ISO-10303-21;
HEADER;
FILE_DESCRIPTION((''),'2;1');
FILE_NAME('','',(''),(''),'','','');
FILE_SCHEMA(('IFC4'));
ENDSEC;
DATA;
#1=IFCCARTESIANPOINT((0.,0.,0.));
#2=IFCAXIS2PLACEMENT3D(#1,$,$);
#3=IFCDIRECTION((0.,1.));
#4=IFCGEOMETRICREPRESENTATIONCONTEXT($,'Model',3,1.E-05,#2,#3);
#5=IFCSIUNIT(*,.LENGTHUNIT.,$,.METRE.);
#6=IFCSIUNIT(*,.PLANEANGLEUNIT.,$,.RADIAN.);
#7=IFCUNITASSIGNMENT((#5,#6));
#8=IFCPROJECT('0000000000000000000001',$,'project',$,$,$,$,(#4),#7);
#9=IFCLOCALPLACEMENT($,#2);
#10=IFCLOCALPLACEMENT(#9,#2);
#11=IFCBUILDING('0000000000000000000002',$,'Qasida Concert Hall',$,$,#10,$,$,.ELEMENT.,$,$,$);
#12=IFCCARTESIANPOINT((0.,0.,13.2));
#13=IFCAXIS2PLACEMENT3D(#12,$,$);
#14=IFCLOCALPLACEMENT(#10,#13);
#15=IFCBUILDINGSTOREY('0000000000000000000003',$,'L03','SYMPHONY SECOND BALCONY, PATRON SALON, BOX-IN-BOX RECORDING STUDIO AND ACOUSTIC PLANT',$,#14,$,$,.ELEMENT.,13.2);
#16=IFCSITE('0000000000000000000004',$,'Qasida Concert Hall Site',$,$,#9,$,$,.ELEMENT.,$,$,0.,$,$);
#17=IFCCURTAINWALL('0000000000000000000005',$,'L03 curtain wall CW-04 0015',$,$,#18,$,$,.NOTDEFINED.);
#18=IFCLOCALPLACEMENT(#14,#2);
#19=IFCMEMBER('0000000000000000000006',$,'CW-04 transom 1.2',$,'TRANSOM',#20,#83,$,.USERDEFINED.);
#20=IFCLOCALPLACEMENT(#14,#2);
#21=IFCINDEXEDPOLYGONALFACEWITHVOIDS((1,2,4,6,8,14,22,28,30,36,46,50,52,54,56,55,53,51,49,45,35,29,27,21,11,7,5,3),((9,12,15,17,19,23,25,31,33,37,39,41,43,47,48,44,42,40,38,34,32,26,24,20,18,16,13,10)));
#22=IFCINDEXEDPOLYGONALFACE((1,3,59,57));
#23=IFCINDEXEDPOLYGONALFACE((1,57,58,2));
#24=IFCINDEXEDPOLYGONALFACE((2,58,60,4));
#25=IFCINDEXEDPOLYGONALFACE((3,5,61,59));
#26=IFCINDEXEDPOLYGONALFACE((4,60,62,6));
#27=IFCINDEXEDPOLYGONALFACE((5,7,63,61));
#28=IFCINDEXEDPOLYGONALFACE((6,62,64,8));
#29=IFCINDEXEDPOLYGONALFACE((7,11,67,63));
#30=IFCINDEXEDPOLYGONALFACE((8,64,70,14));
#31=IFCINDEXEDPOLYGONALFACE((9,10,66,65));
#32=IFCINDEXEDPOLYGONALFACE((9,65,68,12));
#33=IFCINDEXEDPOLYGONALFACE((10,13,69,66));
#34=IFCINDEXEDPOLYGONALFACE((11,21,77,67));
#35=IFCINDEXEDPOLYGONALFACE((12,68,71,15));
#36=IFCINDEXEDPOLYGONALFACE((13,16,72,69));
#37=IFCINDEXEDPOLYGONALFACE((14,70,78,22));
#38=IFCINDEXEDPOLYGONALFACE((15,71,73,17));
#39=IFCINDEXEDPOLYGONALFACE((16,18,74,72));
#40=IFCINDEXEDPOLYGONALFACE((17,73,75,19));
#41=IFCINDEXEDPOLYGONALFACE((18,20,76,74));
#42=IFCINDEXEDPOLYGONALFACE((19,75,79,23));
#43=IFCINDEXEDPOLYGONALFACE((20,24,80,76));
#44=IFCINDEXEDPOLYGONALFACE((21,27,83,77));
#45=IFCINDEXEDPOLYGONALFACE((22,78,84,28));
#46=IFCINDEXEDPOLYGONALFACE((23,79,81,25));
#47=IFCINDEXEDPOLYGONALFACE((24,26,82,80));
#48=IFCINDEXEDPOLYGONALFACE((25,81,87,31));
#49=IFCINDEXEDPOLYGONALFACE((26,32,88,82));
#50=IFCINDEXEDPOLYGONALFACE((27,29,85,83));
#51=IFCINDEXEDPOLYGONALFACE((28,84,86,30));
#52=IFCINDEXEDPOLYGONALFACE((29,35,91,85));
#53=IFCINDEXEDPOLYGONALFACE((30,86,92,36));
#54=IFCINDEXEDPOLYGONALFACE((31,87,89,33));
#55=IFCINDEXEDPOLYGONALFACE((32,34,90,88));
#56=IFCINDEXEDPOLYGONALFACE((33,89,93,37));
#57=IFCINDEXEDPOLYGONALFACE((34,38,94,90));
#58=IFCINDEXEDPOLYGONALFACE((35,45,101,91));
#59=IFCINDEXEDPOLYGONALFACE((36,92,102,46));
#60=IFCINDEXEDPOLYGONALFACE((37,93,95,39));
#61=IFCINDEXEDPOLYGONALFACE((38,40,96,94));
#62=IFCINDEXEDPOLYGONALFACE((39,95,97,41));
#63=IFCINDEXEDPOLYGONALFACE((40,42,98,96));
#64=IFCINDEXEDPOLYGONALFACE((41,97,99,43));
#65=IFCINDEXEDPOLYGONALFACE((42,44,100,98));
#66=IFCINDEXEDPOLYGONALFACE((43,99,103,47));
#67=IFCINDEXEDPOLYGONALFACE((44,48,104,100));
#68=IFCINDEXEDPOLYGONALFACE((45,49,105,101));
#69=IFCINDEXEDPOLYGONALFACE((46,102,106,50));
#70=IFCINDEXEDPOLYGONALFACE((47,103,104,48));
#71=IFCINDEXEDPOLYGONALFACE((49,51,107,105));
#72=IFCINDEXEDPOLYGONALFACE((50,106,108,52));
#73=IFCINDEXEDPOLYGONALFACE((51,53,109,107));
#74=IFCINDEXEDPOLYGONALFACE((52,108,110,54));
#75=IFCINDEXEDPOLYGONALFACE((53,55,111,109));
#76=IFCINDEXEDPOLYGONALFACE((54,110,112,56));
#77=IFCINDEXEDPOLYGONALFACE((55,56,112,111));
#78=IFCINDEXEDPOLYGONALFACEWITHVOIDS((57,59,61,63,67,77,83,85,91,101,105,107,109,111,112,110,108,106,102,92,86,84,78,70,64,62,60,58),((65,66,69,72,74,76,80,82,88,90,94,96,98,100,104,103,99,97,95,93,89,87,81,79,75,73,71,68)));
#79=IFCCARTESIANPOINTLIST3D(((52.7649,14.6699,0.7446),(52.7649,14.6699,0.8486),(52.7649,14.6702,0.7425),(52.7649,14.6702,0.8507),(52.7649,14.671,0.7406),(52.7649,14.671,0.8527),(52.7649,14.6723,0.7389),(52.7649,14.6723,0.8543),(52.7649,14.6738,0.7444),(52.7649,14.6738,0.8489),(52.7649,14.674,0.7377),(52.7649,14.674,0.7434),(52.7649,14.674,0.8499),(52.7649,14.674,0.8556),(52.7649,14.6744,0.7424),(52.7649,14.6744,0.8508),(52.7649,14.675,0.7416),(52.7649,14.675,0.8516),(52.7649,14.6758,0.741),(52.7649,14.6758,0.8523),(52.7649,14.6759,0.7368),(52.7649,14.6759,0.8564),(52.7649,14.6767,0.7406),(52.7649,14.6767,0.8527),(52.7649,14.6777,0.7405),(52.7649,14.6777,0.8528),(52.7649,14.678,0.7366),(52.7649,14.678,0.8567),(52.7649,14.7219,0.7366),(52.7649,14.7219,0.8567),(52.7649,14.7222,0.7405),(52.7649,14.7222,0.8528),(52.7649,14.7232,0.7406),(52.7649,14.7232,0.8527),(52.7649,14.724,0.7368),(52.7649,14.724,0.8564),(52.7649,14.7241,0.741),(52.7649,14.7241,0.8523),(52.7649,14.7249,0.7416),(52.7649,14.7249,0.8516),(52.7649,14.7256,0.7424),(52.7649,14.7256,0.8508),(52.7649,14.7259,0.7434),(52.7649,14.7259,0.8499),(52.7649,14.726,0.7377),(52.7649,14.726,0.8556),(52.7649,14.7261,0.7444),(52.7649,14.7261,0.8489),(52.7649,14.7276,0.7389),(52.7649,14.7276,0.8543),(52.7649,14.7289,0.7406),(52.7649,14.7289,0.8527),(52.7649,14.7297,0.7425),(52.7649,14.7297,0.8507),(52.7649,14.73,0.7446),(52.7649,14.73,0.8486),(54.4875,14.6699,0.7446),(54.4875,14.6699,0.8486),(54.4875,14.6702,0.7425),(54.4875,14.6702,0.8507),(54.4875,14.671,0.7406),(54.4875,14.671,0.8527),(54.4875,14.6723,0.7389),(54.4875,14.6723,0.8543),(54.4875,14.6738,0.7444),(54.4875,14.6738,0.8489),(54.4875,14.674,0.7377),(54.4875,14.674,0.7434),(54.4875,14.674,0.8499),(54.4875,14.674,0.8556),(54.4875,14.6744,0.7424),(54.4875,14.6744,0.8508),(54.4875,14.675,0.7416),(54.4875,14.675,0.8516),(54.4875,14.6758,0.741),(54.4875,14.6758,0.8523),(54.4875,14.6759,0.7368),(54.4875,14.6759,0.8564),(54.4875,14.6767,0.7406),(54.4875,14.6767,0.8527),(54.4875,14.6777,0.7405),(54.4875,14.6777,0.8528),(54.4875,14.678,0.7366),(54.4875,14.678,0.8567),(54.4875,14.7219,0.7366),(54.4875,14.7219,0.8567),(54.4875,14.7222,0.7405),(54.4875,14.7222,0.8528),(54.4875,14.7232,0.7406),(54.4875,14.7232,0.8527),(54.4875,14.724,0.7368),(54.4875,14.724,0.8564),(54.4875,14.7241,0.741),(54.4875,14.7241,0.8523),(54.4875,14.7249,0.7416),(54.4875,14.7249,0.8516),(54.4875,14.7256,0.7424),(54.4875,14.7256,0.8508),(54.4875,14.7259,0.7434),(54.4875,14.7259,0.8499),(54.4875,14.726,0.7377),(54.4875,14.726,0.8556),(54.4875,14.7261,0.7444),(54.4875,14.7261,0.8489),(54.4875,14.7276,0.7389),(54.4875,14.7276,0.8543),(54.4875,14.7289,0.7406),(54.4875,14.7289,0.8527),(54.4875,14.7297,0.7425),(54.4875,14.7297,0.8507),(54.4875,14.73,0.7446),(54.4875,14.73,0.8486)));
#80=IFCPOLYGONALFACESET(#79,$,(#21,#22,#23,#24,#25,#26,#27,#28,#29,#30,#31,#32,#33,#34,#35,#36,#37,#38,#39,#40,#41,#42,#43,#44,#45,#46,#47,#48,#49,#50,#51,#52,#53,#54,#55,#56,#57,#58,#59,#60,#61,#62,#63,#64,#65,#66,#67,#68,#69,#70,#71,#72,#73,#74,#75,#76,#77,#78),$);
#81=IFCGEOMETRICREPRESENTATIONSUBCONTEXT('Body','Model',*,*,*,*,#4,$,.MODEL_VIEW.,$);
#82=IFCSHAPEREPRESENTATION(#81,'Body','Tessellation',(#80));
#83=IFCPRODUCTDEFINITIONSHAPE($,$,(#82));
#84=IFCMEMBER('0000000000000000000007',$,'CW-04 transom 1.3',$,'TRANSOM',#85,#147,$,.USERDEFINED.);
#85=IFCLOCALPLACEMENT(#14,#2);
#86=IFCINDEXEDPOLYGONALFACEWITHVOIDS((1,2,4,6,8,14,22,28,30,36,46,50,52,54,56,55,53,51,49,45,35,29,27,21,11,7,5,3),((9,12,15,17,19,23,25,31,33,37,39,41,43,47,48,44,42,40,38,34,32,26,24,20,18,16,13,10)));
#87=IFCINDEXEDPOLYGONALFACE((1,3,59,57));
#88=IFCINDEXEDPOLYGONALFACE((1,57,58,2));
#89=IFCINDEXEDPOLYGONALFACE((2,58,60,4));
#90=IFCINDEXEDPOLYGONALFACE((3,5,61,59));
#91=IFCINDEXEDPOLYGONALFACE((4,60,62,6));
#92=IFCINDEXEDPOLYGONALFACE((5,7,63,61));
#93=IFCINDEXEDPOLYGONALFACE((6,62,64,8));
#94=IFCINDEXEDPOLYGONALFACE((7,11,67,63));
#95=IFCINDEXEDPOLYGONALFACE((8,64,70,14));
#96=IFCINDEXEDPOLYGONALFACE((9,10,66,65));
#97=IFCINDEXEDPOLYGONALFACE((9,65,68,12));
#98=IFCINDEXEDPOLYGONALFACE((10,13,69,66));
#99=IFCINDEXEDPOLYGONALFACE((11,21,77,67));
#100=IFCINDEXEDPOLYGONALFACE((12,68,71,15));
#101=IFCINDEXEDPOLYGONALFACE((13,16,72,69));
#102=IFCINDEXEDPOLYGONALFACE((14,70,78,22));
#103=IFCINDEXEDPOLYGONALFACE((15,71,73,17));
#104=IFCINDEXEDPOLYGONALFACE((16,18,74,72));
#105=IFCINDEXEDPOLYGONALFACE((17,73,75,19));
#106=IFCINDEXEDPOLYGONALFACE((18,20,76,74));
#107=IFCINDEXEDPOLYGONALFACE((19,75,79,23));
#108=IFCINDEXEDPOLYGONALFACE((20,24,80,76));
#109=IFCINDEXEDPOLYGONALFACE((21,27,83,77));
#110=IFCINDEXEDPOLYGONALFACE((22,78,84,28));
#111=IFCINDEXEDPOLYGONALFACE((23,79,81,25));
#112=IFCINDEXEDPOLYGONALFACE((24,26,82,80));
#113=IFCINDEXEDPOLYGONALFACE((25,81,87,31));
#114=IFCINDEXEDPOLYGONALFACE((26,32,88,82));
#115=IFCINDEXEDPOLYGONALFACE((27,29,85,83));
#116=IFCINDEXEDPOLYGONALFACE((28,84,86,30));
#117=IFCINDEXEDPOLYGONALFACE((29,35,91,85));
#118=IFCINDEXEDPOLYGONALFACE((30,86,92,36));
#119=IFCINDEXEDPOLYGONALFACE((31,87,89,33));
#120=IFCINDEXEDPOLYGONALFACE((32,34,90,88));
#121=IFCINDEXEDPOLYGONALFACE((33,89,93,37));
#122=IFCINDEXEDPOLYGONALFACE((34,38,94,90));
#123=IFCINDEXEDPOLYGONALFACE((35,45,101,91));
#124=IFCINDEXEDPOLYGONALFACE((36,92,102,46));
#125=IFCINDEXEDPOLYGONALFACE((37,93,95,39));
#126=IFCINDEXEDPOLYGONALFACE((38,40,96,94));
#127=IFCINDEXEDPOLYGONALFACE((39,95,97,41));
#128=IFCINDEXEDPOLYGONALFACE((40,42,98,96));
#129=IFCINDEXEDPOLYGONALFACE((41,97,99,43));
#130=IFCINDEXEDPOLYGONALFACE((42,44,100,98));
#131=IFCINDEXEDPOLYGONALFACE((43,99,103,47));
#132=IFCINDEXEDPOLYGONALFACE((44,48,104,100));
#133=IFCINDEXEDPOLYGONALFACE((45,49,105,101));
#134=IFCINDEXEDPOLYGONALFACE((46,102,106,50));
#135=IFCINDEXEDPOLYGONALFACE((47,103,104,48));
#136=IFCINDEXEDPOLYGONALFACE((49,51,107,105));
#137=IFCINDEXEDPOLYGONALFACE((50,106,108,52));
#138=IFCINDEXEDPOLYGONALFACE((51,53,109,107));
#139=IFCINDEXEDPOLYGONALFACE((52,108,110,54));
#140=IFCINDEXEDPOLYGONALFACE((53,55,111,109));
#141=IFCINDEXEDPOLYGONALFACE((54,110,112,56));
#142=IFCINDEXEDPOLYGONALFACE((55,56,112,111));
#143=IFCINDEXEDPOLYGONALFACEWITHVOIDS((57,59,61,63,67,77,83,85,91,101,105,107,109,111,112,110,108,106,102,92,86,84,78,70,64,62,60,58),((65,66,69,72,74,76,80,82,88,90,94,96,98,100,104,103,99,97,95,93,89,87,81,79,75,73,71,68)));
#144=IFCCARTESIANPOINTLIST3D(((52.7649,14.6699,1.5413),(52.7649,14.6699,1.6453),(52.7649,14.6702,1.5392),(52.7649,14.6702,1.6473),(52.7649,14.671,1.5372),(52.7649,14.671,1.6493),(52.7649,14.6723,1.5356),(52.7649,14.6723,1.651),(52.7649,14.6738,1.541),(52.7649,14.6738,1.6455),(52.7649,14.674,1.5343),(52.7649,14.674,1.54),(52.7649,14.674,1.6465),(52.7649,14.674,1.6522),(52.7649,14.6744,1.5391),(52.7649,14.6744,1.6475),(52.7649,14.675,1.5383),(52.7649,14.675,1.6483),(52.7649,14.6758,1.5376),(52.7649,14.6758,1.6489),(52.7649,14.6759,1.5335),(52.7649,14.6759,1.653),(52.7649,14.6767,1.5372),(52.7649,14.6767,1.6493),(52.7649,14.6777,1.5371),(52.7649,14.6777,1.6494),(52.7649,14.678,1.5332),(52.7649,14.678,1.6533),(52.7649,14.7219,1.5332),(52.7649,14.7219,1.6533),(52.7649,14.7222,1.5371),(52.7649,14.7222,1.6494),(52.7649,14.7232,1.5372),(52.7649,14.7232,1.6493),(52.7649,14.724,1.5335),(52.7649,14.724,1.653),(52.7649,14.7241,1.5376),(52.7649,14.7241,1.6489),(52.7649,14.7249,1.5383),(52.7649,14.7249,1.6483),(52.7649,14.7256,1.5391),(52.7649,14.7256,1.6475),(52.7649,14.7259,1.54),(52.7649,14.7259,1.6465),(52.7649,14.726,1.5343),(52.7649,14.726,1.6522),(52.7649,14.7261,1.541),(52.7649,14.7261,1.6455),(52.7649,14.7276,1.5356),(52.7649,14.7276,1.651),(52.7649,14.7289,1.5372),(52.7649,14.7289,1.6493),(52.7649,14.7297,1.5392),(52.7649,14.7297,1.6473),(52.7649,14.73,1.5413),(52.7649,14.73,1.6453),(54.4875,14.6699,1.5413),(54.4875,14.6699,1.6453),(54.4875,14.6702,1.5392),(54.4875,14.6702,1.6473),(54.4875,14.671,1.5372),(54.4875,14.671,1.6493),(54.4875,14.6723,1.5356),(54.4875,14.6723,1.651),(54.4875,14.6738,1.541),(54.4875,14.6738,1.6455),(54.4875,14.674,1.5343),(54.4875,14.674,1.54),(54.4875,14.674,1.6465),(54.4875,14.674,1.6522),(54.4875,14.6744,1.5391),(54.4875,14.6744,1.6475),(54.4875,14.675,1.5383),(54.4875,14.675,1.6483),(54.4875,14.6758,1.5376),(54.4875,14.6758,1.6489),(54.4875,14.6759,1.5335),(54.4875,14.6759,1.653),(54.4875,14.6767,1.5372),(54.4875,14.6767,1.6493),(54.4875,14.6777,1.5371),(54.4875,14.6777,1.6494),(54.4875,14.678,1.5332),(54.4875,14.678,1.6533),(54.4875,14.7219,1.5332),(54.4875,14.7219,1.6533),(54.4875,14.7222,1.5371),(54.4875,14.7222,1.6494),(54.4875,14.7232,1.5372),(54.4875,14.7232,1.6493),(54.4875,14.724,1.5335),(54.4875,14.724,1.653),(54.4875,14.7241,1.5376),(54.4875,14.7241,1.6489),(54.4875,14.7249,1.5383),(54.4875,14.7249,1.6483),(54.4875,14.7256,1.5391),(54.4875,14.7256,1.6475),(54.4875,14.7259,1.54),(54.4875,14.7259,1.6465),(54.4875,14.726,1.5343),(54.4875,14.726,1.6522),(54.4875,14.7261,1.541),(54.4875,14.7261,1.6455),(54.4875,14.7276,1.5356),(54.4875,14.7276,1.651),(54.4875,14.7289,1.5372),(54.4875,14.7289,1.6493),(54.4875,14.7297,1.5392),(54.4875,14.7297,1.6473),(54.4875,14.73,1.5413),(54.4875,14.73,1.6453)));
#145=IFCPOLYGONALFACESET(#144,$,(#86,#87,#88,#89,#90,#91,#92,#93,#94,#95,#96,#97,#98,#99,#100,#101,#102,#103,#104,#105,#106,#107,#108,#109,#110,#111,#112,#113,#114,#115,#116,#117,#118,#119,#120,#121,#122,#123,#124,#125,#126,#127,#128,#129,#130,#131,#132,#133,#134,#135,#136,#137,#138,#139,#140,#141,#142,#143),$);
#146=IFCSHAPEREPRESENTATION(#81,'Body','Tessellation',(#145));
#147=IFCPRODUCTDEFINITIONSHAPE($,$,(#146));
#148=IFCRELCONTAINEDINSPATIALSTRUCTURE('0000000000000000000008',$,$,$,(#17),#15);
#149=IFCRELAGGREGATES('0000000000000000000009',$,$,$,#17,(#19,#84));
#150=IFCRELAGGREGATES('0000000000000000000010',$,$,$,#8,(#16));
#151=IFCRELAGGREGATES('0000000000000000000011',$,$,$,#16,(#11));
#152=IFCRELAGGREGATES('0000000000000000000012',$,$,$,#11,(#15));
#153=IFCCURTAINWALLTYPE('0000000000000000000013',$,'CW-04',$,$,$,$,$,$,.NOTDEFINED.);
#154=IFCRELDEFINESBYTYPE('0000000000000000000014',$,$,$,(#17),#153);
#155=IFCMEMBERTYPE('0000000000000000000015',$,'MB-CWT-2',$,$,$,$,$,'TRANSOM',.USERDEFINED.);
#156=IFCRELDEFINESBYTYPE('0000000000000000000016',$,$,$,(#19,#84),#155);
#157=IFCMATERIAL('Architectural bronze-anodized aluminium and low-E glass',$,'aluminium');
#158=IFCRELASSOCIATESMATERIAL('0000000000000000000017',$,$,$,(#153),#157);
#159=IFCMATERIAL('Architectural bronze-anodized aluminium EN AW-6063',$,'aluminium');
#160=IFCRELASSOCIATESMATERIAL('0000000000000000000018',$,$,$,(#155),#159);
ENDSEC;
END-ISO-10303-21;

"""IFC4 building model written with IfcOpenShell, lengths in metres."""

from ifc_helpers import new_model, si_unit, direction, frame, origin, origin_2d, place, context, subcontext, project, spatial, hollow_rectangle, extrude, material, material_profile, profile_set, type_object, element, aggregate, save


model = new_model("IFC4")

# Units and contexts
model_context = context("Model", 3, precision=1e-05, world=origin(), true_north=direction((0.0, 1.0)))
body_context = subcontext(model_context, "Body", "Model", "MODEL_VIEW")
ifc_project = project(units=[si_unit("LENGTHUNIT", "METRE"), si_unit("PLANEANGLEUNIT", "RADIAN")], contexts=[model_context])

# Site, building, storey
site_placement = place(None, origin())
site = spatial("IfcSite", under=ifc_project, at=site_placement, Name="Qasida Concert Hall Site", CompositionType="ELEMENT", RefElevation=0.0)
building_placement = place(site_placement, origin())
building = spatial("IfcBuilding", under=site, at=building_placement, Name="Qasida Concert Hall", CompositionType="ELEMENT")
storey_placement = place(building_placement, frame((0.0, 0.0, 13.2)))
storey = spatial("IfcBuildingStorey", under=building, at=storey_placement, Name="L03", Description="SYMPHONY SECOND BALCONY, PATRON SALON, BOX-IN-BOX RECORDING STUDIO AND ACOUSTIC PLANT", CompositionType="ELEMENT", Elevation=13.2)

# Curtain wall, members
ifc_material_1 = material(Name="Architectural bronze-anodized aluminium and low-E glass", Category="aluminium")
curtain_wall_type = type_object("IfcCurtainWallType", Name="CW-04", PredefinedType="NOTDEFINED", material=ifc_material_1)
curtain_wall_placement = place(storey_placement, origin())
curtain_wall = element("IfcCurtainWall", 1, at=curtain_wall_placement, inside=storey, type_object=curtain_wall_type, Name="L03 curtain wall CW-04 0015", PredefinedType="NOTDEFINED")
ifc_material_2 = material(Name="Architectural bronze-anodized aluminium EN AW-6063", Category="aluminium")
ifc_material_profile_1 = material_profile(ifc_material_2, hollow_rectangle(XDim=0.0601, YDim=0.1201, WallThickness=0.0039, InnerFilletRadius=0.0039, OuterFilletRadius=0.0081, at=origin_2d()), Name="CWT 120x60x4")
ifc_profile_set_1 = profile_set([ifc_material_profile_1], Name="Architectural bronze-anodized aluminium EN AW-6063")
member_type_1 = type_object("IfcMemberType", Name="MB-CWT-2", ElementType="TRANSOM", PredefinedType="USERDEFINED", material=ifc_profile_set_1)
member_1_placement = place(storey_placement, frame((52.7649, 14.7, 0.7966), z_axis=(1.0, 0.0, 0.0), x_axis=(0.0, 1.0, 0.0)))
member_1 = element("IfcMember", 2, at=member_1_placement, type_object=member_type_1, Name="CW-04 transom 1.2", ObjectType="TRANSOM", PredefinedType="USERDEFINED", context=body_context, shape_type="SweptSolid", body=[
    extrude(hollow_rectangle(XDim=0.0601, YDim=0.1201, WallThickness=0.0039, InnerFilletRadius=0.0039, OuterFilletRadius=0.0081, at=origin_2d()), origin(), (0.0, 0.0, 1.0), 1.7227),
])
member_2_placement = place(storey_placement, frame((52.7649, 14.7, 1.5933), z_axis=(1.0, 0.0, 0.0), x_axis=(0.0, 1.0, 0.0)))
member_2 = element("IfcMember", 3, at=member_2_placement, type_object=member_type_1, Name="CW-04 transom 1.3", ObjectType="TRANSOM", PredefinedType="USERDEFINED", context=body_context, shape_type="SweptSolid", body=[
    extrude(hollow_rectangle(XDim=0.0601, YDim=0.1201, WallThickness=0.0039, InnerFilletRadius=0.0039, OuterFilletRadius=0.0081, at=origin_2d()), origin(), (0.0, 0.0, 1.0), 1.7227),
])

aggregate(curtain_wall, [member_1, member_2])

save(model, "model.ifc")
